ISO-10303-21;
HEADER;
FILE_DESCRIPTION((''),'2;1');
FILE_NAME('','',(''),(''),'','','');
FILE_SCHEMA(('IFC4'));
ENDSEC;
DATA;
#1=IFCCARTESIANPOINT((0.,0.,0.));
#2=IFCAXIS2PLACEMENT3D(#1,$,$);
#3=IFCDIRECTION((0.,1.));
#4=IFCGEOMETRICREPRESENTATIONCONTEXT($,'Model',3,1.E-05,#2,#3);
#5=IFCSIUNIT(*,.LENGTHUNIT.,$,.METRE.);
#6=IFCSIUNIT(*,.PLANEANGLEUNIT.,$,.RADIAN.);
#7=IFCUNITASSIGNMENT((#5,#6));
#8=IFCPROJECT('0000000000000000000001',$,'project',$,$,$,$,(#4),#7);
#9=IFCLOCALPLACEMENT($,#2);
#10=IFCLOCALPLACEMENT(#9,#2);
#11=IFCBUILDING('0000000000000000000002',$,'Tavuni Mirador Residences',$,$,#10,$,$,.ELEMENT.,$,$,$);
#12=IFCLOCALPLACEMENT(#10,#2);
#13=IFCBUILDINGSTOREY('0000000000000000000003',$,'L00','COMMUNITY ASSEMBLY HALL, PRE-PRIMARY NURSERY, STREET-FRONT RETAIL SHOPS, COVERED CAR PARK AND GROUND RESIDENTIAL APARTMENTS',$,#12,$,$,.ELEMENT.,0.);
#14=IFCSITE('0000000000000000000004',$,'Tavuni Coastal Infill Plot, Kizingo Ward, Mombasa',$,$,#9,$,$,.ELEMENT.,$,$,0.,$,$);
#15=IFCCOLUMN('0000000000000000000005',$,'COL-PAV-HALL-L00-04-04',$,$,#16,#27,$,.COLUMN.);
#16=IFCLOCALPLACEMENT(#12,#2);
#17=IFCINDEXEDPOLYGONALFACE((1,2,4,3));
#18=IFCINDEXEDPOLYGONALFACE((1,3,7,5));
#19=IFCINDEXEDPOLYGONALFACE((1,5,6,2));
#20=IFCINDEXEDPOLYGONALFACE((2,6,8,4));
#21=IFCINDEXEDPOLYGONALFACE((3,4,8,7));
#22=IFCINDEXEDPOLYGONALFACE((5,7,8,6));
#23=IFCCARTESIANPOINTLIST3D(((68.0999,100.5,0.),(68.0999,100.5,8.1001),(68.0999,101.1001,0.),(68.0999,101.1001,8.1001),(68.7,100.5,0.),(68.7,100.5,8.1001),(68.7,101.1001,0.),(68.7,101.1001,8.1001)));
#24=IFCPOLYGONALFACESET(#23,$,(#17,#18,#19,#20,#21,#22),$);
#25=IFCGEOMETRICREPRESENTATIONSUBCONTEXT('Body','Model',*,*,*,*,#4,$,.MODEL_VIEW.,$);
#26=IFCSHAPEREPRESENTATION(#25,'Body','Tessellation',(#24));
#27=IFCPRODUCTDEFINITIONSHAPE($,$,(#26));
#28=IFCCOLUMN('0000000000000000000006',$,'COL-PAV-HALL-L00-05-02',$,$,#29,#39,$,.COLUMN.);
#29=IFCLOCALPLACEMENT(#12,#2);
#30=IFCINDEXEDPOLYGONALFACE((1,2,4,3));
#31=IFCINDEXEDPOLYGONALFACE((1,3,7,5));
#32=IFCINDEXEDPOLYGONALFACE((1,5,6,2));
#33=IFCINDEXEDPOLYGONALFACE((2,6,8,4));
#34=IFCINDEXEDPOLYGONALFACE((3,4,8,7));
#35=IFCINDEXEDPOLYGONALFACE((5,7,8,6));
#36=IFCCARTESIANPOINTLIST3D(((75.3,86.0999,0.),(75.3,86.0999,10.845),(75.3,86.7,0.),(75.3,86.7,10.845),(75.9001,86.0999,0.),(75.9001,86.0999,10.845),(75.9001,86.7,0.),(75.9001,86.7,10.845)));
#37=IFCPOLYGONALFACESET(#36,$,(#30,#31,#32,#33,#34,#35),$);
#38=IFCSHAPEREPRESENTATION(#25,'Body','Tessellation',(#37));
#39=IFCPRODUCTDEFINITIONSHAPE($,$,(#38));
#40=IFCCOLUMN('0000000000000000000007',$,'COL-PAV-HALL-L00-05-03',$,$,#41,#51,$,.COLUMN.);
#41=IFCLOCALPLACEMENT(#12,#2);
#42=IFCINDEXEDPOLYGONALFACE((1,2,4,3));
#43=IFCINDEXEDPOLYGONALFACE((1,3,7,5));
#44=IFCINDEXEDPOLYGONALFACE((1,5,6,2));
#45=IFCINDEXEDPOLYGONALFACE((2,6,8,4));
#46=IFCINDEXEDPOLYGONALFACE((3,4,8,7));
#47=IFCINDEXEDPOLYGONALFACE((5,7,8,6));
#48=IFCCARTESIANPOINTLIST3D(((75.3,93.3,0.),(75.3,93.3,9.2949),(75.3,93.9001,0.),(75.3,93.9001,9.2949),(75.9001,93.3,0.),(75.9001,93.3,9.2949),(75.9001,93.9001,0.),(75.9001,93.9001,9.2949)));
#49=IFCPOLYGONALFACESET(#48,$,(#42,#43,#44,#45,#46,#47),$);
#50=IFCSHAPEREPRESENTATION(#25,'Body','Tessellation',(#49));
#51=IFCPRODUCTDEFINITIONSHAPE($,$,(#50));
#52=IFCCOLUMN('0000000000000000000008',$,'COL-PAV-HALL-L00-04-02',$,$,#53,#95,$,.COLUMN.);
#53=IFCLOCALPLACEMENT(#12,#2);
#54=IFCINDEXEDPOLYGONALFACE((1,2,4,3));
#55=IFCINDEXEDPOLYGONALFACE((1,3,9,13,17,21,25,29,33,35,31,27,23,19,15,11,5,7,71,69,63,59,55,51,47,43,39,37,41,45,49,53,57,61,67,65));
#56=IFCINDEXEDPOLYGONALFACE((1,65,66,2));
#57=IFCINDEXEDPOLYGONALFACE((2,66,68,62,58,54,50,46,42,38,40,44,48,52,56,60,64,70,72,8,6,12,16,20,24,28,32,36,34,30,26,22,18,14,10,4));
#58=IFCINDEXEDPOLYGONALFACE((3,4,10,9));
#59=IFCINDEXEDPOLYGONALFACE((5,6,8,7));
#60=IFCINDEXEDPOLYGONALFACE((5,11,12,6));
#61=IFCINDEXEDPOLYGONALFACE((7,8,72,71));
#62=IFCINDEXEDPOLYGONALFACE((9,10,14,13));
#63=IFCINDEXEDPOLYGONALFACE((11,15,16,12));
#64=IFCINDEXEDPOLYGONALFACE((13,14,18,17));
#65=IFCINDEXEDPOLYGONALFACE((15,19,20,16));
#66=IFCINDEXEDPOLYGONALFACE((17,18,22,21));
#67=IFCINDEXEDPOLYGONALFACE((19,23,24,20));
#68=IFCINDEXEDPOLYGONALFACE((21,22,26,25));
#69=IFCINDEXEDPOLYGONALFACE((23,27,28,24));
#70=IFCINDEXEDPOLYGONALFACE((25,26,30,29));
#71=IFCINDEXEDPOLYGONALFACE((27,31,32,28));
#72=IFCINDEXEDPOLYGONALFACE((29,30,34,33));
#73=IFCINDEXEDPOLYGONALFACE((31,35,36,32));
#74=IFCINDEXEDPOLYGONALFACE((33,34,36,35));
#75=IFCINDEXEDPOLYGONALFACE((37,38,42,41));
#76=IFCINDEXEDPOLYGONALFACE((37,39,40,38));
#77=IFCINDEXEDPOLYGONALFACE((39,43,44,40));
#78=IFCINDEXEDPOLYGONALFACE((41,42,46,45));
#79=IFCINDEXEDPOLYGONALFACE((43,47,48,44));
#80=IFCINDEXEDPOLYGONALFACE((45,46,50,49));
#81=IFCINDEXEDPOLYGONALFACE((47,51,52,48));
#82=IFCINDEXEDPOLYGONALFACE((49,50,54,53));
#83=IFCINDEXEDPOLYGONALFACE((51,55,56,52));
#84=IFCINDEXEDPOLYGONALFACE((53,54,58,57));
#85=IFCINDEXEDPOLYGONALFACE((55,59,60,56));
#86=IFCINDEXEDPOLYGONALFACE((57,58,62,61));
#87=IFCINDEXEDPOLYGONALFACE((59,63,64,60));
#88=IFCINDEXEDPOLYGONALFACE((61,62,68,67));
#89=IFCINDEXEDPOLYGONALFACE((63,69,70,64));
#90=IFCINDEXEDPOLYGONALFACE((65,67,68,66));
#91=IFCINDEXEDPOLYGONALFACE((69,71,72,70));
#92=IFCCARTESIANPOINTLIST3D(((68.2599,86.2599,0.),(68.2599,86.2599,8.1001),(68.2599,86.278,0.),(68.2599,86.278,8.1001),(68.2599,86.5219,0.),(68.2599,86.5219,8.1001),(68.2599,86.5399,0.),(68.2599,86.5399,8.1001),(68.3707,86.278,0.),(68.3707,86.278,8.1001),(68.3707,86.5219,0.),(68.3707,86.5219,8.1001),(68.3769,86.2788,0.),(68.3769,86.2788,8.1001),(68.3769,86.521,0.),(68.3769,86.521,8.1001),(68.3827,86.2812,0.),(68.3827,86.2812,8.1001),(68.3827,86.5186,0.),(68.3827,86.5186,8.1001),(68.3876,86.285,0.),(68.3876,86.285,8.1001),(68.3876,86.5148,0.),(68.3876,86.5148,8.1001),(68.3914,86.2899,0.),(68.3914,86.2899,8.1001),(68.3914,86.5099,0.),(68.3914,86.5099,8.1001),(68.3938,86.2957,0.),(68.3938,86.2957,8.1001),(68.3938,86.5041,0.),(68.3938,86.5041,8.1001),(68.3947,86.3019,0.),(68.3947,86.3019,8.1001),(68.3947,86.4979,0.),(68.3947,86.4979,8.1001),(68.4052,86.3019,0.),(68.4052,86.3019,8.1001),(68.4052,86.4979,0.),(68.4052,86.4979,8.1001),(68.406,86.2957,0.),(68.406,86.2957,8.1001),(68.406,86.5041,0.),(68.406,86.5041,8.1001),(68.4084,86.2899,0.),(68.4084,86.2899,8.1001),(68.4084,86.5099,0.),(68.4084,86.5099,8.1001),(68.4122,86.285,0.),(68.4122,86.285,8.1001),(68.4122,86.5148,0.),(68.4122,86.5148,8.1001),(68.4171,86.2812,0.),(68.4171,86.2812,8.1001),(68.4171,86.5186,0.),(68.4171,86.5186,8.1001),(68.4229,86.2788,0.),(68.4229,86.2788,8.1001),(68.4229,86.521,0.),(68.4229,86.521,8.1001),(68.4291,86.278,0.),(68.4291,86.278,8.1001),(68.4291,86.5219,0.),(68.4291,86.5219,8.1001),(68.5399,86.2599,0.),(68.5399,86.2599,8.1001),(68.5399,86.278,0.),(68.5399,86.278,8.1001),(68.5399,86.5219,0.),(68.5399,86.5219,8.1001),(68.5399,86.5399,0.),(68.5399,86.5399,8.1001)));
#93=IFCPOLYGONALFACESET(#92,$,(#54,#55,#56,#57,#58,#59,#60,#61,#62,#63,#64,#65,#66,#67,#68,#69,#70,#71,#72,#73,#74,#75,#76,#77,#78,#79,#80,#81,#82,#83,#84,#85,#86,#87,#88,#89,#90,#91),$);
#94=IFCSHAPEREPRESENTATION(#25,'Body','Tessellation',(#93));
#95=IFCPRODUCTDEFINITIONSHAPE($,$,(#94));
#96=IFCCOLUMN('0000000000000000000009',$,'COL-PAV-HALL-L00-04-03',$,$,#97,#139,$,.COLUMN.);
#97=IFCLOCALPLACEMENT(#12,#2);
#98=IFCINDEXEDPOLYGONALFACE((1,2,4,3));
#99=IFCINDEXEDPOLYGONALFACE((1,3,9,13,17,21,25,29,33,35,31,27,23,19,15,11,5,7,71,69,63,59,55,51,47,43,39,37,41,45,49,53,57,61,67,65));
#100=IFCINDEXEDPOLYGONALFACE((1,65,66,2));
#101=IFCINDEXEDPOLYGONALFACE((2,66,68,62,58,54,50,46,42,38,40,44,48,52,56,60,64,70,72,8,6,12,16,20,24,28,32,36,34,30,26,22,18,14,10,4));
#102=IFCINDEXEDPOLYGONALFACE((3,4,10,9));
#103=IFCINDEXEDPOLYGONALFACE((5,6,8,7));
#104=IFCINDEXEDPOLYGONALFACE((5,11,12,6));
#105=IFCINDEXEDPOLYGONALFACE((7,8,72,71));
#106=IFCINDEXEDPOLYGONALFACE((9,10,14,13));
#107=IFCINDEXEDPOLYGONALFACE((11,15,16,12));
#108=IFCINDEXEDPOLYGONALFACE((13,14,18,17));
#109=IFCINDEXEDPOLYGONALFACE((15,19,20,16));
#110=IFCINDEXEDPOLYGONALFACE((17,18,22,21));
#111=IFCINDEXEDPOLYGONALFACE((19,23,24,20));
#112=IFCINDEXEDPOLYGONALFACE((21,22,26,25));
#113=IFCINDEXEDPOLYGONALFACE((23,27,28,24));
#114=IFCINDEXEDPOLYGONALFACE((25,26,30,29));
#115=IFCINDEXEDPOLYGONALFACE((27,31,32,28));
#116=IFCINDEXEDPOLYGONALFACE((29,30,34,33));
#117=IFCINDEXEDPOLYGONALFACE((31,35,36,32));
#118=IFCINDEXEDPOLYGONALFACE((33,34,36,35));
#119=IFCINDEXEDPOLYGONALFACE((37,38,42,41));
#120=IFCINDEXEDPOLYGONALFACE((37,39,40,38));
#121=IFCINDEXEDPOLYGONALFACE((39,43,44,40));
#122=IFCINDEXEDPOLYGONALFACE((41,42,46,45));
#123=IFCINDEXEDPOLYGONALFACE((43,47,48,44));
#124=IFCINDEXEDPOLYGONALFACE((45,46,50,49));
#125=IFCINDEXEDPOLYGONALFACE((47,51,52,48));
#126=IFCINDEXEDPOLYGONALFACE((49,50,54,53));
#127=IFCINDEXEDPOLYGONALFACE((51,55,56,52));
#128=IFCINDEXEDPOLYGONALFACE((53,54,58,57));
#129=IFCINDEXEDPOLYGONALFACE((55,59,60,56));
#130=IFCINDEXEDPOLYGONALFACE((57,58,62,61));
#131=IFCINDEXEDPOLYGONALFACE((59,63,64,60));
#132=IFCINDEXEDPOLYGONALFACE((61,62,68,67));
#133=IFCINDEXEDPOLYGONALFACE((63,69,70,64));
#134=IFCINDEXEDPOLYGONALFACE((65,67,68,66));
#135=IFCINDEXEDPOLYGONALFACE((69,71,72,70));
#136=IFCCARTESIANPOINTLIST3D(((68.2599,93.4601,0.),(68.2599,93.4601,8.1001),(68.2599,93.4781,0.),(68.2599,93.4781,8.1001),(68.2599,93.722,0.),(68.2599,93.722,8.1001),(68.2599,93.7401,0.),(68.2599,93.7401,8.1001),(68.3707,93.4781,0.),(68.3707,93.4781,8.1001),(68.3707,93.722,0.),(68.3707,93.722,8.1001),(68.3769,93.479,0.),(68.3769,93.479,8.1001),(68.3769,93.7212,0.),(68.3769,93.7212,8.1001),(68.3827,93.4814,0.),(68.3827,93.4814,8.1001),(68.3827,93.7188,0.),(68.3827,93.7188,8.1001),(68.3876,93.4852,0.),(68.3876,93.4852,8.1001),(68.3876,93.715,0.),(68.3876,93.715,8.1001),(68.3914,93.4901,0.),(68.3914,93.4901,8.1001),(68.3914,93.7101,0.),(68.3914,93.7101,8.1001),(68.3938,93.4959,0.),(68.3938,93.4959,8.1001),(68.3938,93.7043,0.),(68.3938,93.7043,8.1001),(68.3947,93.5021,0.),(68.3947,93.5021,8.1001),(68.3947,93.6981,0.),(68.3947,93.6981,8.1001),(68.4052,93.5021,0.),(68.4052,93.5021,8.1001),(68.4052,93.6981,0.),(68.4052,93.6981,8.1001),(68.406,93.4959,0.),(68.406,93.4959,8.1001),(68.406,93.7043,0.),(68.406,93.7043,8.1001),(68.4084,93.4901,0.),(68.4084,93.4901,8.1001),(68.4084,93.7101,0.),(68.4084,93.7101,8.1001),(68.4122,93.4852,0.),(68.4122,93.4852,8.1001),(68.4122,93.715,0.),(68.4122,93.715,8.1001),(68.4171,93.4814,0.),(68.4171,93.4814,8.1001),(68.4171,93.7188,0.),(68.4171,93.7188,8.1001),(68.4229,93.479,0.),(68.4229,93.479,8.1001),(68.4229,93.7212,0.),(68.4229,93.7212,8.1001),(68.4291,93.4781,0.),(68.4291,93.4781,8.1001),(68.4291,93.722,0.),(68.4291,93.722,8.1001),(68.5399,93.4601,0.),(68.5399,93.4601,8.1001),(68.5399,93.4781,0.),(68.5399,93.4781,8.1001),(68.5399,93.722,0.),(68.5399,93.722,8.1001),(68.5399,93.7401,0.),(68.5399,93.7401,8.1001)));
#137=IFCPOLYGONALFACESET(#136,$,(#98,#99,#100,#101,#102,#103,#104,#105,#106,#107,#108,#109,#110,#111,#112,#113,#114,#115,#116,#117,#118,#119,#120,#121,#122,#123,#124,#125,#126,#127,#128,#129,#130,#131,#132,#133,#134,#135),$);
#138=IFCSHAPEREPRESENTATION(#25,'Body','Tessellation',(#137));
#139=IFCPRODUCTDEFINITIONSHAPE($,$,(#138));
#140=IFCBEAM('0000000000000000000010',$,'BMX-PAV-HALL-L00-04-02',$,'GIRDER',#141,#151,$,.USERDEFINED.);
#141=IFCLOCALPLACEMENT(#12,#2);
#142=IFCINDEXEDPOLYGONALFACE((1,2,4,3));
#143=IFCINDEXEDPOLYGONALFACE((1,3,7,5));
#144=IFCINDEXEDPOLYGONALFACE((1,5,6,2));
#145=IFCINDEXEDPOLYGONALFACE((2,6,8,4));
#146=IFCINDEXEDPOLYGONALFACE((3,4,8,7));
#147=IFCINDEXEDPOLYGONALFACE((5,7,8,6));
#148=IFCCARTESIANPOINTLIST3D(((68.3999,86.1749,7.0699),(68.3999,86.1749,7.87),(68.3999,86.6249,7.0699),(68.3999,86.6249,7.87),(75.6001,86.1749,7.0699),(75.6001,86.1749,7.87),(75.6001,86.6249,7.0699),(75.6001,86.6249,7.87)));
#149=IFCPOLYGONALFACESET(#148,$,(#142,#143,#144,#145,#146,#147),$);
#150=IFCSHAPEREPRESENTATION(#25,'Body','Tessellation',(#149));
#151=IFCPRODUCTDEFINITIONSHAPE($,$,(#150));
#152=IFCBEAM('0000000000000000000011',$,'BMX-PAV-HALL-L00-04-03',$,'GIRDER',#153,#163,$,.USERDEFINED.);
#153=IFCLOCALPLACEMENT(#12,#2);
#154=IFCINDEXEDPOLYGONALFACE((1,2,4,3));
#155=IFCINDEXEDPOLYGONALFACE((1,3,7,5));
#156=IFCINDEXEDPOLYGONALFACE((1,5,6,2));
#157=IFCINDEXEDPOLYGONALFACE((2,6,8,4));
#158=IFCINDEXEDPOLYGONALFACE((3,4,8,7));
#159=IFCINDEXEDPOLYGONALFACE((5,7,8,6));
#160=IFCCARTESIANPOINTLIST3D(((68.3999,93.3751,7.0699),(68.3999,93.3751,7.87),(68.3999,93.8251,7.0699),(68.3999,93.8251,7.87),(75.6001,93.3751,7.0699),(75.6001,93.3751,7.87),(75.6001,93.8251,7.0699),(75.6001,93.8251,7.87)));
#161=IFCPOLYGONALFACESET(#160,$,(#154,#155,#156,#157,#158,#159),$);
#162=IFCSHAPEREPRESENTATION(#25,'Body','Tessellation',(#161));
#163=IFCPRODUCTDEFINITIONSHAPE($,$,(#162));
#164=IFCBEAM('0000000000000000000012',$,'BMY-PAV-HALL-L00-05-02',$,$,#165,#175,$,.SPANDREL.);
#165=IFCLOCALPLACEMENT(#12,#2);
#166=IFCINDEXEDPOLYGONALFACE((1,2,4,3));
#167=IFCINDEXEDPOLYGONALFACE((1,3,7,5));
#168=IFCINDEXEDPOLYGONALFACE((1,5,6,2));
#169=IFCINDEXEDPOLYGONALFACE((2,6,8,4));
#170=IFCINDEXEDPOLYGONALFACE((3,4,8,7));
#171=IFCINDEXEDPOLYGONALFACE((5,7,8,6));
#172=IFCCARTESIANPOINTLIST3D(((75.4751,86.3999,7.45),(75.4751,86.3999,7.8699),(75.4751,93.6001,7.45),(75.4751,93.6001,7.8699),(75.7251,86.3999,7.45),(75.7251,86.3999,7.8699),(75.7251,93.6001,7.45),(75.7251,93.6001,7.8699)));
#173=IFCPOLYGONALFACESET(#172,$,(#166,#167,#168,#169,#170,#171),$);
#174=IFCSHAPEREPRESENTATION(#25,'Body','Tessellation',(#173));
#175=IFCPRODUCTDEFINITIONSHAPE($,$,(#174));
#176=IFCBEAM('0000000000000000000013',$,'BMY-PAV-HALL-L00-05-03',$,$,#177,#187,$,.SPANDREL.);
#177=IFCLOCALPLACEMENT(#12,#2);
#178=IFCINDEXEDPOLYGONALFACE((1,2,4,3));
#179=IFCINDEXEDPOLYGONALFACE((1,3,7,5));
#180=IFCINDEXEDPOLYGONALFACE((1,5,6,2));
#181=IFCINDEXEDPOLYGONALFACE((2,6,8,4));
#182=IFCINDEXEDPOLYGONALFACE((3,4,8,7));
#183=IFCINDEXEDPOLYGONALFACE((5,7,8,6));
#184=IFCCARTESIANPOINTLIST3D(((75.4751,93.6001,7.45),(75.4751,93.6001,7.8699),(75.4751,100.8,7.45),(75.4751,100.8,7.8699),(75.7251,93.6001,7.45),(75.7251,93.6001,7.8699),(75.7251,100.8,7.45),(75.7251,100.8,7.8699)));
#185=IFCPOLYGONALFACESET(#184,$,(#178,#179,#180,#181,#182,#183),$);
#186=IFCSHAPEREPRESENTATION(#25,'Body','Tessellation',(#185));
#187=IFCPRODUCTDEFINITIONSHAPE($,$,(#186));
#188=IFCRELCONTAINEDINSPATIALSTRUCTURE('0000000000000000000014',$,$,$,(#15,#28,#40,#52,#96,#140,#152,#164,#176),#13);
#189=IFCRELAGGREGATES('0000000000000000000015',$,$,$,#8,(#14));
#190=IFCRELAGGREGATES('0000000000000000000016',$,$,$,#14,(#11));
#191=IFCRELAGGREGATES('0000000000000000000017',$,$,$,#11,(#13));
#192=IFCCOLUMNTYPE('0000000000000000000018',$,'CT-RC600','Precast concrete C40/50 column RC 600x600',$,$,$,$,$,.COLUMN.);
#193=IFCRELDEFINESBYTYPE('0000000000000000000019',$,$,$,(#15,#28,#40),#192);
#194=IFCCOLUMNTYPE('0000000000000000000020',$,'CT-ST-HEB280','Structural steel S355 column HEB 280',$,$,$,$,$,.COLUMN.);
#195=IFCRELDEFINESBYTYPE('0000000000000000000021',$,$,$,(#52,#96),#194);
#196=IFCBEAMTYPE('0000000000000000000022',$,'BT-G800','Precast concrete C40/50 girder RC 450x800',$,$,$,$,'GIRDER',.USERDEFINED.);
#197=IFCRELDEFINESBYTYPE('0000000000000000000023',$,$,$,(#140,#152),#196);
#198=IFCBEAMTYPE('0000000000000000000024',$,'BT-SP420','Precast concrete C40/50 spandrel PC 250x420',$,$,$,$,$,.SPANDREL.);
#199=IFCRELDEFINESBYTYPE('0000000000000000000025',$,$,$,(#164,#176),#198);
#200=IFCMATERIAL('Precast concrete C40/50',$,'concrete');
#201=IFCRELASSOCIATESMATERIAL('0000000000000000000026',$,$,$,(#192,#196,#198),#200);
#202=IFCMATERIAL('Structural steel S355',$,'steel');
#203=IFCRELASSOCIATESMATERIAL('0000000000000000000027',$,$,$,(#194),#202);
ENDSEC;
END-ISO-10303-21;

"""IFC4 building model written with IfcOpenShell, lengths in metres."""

from ifc_helpers import new_model, si_unit, direction, frame, origin, origin_2d, place, context, subcontext, project, spatial, rectangle, i_section, extrude, material, material_profile, profile_set, type_object, element, save


model = new_model("IFC4")

# Units and contexts
model_context = context("Model", 3, precision=1e-05, world=origin(), true_north=direction((0.0, 1.0)))
body_context = subcontext(model_context, "Body", "Model", "MODEL_VIEW")
ifc_project = project(units=[si_unit("LENGTHUNIT", "METRE"), si_unit("PLANEANGLEUNIT", "RADIAN")], contexts=[model_context])

# Site, building, storey
site_placement = place(None, origin())
site = spatial("IfcSite", under=ifc_project, at=site_placement, Name="Tavuni Coastal Infill Plot, Kizingo Ward, Mombasa", CompositionType="ELEMENT", RefElevation=0.0)
building_placement = place(site_placement, origin())
building = spatial("IfcBuilding", under=site, at=building_placement, Name="Tavuni Mirador Residences", CompositionType="ELEMENT")
storey_placement = place(building_placement, origin())
storey = spatial("IfcBuildingStorey", under=building, at=storey_placement, Name="L00", Description="COMMUNITY ASSEMBLY HALL, PRE-PRIMARY NURSERY, STREET-FRONT RETAIL SHOPS, COVERED CAR PARK AND GROUND RESIDENTIAL APARTMENTS", CompositionType="ELEMENT", Elevation=0.0)

# Columns
ifc_material_1 = material(Name="Precast concrete C40/50", Category="concrete")
ifc_material_profile_1 = material_profile(ifc_material_1, rectangle(XDim=0.6001, YDim=0.6001, at=origin_2d()), Name="RC 600x600", Category="concrete")
ifc_profile_set_1 = profile_set([ifc_material_profile_1], Name="Precast concrete C40/50")
column_type_1 = type_object("IfcColumnType", Name="CT-RC600", Description="Precast concrete C40/50 column RC 600x600", PredefinedType="COLUMN", material=ifc_profile_set_1)
column_1_placement = place(storey_placement, frame((68.3999, 100.8, 0.0), z_axis=(0.0, 0.0, 1.0), x_axis=(1.0, 0.0, 0.0)))
element("IfcColumn", 1, at=column_1_placement, inside=storey, type_object=column_type_1, Name="COL-PAV-HALL-L00-04-04", PredefinedType="COLUMN", context=body_context, shape_type="SweptSolid", body=[
    extrude(rectangle(XDim=0.6001, YDim=0.6001, at=origin_2d()), origin(), (0.0, 0.0, 1.0), 8.1001),
])
column_2_placement = place(storey_placement, frame((75.6001, 86.3999, 0.0), z_axis=(0.0, 0.0, 1.0), x_axis=(1.0, 0.0, 0.0)))
element("IfcColumn", 2, at=column_2_placement, inside=storey, type_object=column_type_1, Name="COL-PAV-HALL-L00-05-02", PredefinedType="COLUMN", context=body_context, shape_type="SweptSolid", body=[
    extrude(rectangle(XDim=0.6001, YDim=0.6001, at=origin_2d()), origin(), (0.0, 0.0, 1.0), 10.845),
])
column_3_placement = place(storey_placement, frame((75.6001, 93.6001, 0.0), z_axis=(0.0, 0.0, 1.0), x_axis=(1.0, 0.0, 0.0)))
element("IfcColumn", 3, at=column_3_placement, inside=storey, type_object=column_type_1, Name="COL-PAV-HALL-L00-05-03", PredefinedType="COLUMN", context=body_context, shape_type="SweptSolid", body=[
    extrude(rectangle(XDim=0.6001, YDim=0.6001, at=origin_2d()), origin(), (0.0, 0.0, 1.0), 9.2949),
])
ifc_material_2 = material(Name="Structural steel S355", Category="steel")
ifc_material_profile_2 = material_profile(ifc_material_2, i_section(OverallWidth=0.28, OverallDepth=0.28, WebThickness=0.0105, FlangeThickness=0.0181, FilletRadius=0.0239, at=origin_2d()), Name="HEB 280", Category="steel")
ifc_profile_set_2 = profile_set([ifc_material_profile_2], Name="Structural steel S355")
column_type_2 = type_object("IfcColumnType", Name="CT-ST-HEB280", Description="Structural steel S355 column HEB 280", PredefinedType="COLUMN", material=ifc_profile_set_2)
for number, where, z_axis, x_axis, name in (
    (4, (68.3999, 86.3999, 0.0), (0.0, 0.0, 1.0), (1.0, 0.0, 0.0), "COL-PAV-HALL-L00-04-02"),
    (5, (68.3999, 93.6001, 0.0), (0.0, 0.0, 1.0), (1.0, 0.0, 0.0), "COL-PAV-HALL-L00-04-03"),
):
    element("IfcColumn", number, at=place(storey_placement, frame(where, z_axis=z_axis, x_axis=x_axis)), inside=storey, type_object=column_type_2, Name=name, PredefinedType="COLUMN", context=body_context, shape_type="SweptSolid", body=[
        extrude(i_section(OverallWidth=0.28, OverallDepth=0.28, WebThickness=0.0105, FlangeThickness=0.0181, FilletRadius=0.0239, at=origin_2d()), origin(), (0.0, 0.0, 1.0), 8.1001),
    ])

# Beams
ifc_material_profile_3 = material_profile(ifc_material_1, rectangle(XDim=0.45, YDim=0.8, at=origin_2d()), Name="RC 450x800", Category="concrete")
ifc_profile_set_3 = profile_set([ifc_material_profile_3], Name="Precast concrete C40/50")
beam_type_1 = type_object("IfcBeamType", Name="BT-G800", Description="Precast concrete C40/50 girder RC 450x800", ElementType="GIRDER", PredefinedType="USERDEFINED", material=ifc_profile_set_3)
for number, where, z_axis, x_axis, name in (
    (6, (68.3999, 86.3999, 7.47), (1.0, 0.0, 0.0), (0.0, 1.0, 0.0), "BMX-PAV-HALL-L00-04-02"),
    (7, (68.3999, 93.6001, 7.47), (1.0, 0.0, 0.0), (0.0, 1.0, 0.0), "BMX-PAV-HALL-L00-04-03"),
):
    element("IfcBeam", number, at=place(storey_placement, frame(where, z_axis=z_axis, x_axis=x_axis)), inside=storey, type_object=beam_type_1, Name=name, ObjectType="GIRDER", PredefinedType="USERDEFINED", context=body_context, shape_type="SweptSolid", body=[
        extrude(rectangle(XDim=0.45, YDim=0.8, at=origin_2d()), origin(), (0.0, 0.0, 1.0), 7.2002),
    ])
ifc_material_profile_4 = material_profile(ifc_material_1, rectangle(XDim=0.25, YDim=0.4199, at=origin_2d()), Name="PC 250x420", Category="concrete")
ifc_profile_set_4 = profile_set([ifc_material_profile_4], Name="Precast concrete C40/50")
beam_type_2 = type_object("IfcBeamType", Name="BT-SP420", Description="Precast concrete C40/50 spandrel PC 250x420", PredefinedType="SPANDREL", material=ifc_profile_set_4)
beam_1_placement = place(storey_placement, frame((75.6001, 86.3999, 7.6599), z_axis=(0.0, 1.0, 0.0), x_axis=(-1.0, 0.0, 0.0)))
element("IfcBeam", 8, at=beam_1_placement, inside=storey, type_object=beam_type_2, Name="BMY-PAV-HALL-L00-05-02", PredefinedType="SPANDREL", context=body_context, shape_type="SweptSolid", body=[
    extrude(rectangle(XDim=0.25, YDim=0.4199, at=origin_2d()), origin(), (0.0, 0.0, 1.0), 7.2002),
])
beam_2_placement = place(storey_placement, frame((75.6001, 93.6001, 7.6599), z_axis=(0.0, 1.0, 0.0), x_axis=(-1.0, 0.0, 0.0)))
element("IfcBeam", 9, at=beam_2_placement, inside=storey, type_object=beam_type_2, Name="BMY-PAV-HALL-L00-05-03", PredefinedType="SPANDREL", context=body_context, shape_type="SweptSolid", body=[
    extrude(rectangle(XDim=0.25, YDim=0.4199, at=origin_2d()), origin(), (0.0, 0.0, 1.0), 7.2),
])

save(model, "model.ifc")
